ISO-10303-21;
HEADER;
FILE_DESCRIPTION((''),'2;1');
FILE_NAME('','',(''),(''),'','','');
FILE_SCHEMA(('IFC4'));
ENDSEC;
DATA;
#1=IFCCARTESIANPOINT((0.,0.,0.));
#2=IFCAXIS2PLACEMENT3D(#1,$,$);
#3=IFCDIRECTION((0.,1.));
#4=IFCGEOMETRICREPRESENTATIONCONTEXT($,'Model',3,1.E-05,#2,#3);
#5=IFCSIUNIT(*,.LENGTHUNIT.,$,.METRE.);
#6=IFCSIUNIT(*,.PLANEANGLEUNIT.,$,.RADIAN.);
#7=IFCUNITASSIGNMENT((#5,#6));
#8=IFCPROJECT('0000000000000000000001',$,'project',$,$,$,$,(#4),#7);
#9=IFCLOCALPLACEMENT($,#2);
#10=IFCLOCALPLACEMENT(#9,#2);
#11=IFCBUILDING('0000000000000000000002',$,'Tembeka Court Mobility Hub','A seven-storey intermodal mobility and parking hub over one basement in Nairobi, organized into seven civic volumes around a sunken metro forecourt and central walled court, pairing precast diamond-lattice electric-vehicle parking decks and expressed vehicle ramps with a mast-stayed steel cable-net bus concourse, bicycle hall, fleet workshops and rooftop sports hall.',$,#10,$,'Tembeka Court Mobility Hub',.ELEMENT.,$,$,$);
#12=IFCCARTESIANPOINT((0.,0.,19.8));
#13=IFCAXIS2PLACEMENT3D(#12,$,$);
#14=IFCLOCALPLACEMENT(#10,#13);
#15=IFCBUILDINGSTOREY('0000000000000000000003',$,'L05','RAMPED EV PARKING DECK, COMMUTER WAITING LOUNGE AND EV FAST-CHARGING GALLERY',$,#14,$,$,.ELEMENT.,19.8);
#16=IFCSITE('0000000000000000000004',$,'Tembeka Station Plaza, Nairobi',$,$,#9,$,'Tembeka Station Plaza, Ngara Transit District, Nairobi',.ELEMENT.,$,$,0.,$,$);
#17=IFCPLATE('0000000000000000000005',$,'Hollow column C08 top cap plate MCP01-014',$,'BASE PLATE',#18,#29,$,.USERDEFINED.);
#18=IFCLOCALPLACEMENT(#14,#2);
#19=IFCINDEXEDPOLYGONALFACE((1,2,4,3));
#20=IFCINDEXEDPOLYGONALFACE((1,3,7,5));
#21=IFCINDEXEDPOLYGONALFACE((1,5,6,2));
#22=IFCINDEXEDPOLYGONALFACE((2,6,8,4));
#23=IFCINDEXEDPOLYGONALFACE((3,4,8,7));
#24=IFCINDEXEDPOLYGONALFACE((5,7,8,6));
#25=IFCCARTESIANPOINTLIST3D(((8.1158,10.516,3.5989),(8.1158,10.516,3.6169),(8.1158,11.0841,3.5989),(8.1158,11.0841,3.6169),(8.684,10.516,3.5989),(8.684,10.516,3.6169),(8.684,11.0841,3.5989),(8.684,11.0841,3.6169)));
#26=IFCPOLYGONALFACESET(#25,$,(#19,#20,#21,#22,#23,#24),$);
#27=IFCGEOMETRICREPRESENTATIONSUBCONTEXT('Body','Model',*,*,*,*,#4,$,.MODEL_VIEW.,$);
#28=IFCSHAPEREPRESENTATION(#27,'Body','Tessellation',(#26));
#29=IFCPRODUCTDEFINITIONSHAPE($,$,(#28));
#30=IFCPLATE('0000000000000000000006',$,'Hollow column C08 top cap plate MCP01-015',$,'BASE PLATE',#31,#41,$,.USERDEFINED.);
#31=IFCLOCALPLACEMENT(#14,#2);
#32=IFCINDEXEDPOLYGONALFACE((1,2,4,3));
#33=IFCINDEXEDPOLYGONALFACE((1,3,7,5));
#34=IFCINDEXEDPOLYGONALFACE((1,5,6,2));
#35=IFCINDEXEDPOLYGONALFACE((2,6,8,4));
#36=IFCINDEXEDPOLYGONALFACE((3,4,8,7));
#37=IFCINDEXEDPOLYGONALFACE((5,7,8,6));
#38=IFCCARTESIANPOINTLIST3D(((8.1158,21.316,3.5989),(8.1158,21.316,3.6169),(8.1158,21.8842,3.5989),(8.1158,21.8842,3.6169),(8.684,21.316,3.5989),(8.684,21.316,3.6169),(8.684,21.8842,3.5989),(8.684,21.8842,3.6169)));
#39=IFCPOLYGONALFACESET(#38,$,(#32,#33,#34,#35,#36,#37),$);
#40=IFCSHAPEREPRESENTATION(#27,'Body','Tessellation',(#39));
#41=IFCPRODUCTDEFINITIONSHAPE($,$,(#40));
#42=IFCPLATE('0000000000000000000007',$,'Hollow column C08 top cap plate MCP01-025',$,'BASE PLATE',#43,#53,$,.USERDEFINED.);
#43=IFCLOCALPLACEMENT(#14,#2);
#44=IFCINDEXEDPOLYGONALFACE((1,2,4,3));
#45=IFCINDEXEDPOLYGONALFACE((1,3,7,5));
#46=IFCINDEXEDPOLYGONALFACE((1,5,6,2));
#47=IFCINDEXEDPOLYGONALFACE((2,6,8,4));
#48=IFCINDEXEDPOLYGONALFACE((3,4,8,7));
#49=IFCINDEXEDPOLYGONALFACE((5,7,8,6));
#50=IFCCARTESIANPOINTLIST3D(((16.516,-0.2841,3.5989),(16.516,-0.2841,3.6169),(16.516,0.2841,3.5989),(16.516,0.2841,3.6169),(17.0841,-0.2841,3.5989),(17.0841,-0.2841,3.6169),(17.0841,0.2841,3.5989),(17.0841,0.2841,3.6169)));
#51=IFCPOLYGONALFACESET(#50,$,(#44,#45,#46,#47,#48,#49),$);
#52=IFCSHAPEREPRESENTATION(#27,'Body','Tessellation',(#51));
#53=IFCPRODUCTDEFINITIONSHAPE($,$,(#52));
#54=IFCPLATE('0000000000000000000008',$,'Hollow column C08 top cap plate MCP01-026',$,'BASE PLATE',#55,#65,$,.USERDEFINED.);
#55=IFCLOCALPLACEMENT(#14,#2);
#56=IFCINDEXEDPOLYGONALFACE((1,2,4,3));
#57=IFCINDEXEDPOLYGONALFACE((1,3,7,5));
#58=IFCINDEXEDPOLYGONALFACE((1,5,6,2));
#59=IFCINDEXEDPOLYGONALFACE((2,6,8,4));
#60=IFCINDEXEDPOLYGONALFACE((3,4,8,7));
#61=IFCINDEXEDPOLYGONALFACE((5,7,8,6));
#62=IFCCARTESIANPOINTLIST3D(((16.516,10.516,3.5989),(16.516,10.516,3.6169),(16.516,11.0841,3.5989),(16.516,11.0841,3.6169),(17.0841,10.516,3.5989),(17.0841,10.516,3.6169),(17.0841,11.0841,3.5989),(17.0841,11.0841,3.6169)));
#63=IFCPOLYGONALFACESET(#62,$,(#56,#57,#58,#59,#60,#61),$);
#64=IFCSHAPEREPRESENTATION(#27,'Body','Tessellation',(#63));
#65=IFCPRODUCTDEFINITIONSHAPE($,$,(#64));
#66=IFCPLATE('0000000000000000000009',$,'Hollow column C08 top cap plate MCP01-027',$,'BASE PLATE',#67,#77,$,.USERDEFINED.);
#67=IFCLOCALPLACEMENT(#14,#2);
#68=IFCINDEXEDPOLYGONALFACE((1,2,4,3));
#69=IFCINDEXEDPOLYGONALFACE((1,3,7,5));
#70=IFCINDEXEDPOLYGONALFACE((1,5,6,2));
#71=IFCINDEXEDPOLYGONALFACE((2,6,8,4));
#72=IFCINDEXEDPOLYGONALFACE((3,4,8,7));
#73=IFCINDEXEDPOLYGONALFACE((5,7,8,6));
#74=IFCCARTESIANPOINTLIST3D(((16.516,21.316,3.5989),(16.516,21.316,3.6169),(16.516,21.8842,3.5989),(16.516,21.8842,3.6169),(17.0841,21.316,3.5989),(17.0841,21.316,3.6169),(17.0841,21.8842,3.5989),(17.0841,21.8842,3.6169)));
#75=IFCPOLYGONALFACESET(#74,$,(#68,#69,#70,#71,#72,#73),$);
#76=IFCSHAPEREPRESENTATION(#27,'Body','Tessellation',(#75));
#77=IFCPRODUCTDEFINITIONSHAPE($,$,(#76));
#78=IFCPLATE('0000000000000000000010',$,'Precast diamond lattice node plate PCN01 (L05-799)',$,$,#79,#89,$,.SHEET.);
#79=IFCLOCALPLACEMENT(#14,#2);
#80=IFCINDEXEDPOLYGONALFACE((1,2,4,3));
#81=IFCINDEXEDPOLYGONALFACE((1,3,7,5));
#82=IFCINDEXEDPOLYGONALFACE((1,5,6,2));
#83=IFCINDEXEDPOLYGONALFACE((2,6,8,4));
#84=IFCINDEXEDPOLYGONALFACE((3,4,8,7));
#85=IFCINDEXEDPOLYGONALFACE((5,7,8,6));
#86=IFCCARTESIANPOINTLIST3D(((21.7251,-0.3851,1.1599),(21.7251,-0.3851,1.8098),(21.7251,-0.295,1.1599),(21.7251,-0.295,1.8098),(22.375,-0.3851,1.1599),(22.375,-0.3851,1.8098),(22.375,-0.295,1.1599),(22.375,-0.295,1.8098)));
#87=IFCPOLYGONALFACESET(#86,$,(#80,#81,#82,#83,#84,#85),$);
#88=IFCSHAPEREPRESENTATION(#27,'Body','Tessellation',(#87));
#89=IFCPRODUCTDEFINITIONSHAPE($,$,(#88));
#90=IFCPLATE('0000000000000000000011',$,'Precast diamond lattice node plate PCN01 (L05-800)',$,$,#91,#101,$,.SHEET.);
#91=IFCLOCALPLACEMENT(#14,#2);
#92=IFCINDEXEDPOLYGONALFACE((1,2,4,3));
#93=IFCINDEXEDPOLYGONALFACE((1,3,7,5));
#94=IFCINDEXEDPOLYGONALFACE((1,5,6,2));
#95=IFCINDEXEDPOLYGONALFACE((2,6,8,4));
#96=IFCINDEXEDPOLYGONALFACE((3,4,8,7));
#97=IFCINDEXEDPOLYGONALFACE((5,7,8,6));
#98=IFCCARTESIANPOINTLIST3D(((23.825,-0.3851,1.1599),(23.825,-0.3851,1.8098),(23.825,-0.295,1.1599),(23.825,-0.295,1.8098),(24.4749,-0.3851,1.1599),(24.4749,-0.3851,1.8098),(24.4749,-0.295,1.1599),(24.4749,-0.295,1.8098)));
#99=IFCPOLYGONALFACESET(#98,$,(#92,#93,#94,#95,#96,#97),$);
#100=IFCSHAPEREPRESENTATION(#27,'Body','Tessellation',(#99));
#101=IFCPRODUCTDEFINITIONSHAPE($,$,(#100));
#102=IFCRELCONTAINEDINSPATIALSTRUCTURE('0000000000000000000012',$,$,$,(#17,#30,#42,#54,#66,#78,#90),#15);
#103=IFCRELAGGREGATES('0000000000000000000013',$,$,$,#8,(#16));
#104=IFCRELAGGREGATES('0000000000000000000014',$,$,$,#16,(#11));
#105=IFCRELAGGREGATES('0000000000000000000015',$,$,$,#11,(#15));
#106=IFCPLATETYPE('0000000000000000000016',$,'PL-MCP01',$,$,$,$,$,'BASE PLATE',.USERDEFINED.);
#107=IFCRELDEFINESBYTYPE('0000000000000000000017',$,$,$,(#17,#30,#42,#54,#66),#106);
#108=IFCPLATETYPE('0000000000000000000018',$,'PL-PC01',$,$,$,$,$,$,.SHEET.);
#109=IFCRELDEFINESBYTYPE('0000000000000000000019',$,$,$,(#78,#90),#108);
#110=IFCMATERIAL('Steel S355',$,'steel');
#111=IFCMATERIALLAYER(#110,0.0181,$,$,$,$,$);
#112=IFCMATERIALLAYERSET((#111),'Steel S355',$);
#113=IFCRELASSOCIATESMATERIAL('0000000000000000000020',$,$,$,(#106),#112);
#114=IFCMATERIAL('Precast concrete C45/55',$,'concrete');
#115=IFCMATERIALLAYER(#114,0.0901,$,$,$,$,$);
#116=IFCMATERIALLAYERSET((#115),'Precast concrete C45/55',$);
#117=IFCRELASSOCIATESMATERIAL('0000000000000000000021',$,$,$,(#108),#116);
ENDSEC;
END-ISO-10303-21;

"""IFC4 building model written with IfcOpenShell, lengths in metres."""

from ifc_helpers import new_model, si_unit, direction, frame, origin, origin_2d, place, context, subcontext, project, spatial, rectangle, extrude, material, layer, layer_set, type_object, element, save


model = new_model("IFC4")

# Units and contexts
model_context = context("Model", 3, precision=1e-05, world=origin(), true_north=direction((0.0, 1.0)))
body_context = subcontext(model_context, "Body", "Model", "MODEL_VIEW")
ifc_project = project(units=[si_unit("LENGTHUNIT", "METRE"), si_unit("PLANEANGLEUNIT", "RADIAN")], contexts=[model_context])

# Site, building, storey
site_placement = place(None, origin())
site = spatial("IfcSite", under=ifc_project, at=site_placement, Name="Tembeka Station Plaza, Nairobi", LongName="Tembeka Station Plaza, Ngara Transit District, Nairobi", CompositionType="ELEMENT", RefElevation=0.0)
building_placement = place(site_placement, origin())
building = spatial("IfcBuilding", under=site, at=building_placement, Name="Tembeka Court Mobility Hub", Description="A seven-storey intermodal mobility and parking hub over one basement in Nairobi, organized into seven civic volumes around a sunken metro forecourt and central walled court, pairing precast diamond-lattice electric-vehicle parking decks and expressed vehicle ramps with a mast-stayed steel cable-net bus concourse, bicycle hall, fleet workshops and rooftop sports hall.", LongName="Tembeka Court Mobility Hub", CompositionType="ELEMENT")
storey_placement = place(building_placement, frame((0.0, 0.0, 19.8)))
storey = spatial("IfcBuildingStorey", under=building, at=storey_placement, Name="L05", Description="RAMPED EV PARKING DECK, COMMUTER WAITING LOUNGE AND EV FAST-CHARGING GALLERY", CompositionType="ELEMENT", Elevation=19.8)

# Shared definitions
ifc_material_1 = material(Name="Steel S355", Category="steel")

# Shared definitions
ifc_material_2 = material(Name="Precast concrete C45/55", Category="concrete")

# Plates
ifc_layer_1 = layer(ifc_material_1, 0.0181)
ifc_layer_set_1 = layer_set([ifc_layer_1], Name="Steel S355")
plate_type_1 = type_object("IfcPlateType", Name="PL-MCP01", ElementType="BASE PLATE", PredefinedType="USERDEFINED", material=ifc_layer_set_1)
for number, where, z_axis, x_axis, name in (
    (1, (8.3999, 10.8, 3.5989), (0.0, 0.0, 1.0), (1.0, 0.0, 0.0), "Hollow column C08 top cap plate MCP01-014"),
    (2, (8.3999, 21.6001, 3.5989), (0.0, 0.0, 1.0), (1.0, 0.0, 0.0), "Hollow column C08 top cap plate MCP01-015"),
    (3, (16.8, 0.0, 3.5989), (0.0, 0.0, 1.0), (1.0, 0.0, 0.0), "Hollow column C08 top cap plate MCP01-025"),
    (4, (16.8, 10.8, 3.5989), (0.0, 0.0, 1.0), (1.0, 0.0, 0.0), "Hollow column C08 top cap plate MCP01-026"),
    (5, (16.8, 21.6001, 3.5989), (0.0, 0.0, 1.0), (1.0, 0.0, 0.0), "Hollow column C08 top cap plate MCP01-027"),
):
    element("IfcPlate", number, at=place(storey_placement, frame(where, z_axis=z_axis, x_axis=x_axis)), inside=storey, type_object=plate_type_1, Name=name, ObjectType="BASE PLATE", PredefinedType="USERDEFINED", context=body_context, shape_type="SweptSolid", body=[
        extrude(rectangle(XDim=0.5681, YDim=0.5681, at=origin_2d()), origin(), (0.0, 0.0, 1.0), 0.0181),
    ])
ifc_layer_2 = layer(ifc_material_2, 0.0901)
ifc_layer_set_2 = layer_set([ifc_layer_2], Name="Precast concrete C45/55")
plate_type_2 = type_object("IfcPlateType", Name="PL-PC01", PredefinedType="SHEET", material=ifc_layer_set_2)
for number, where, z_axis, x_axis, name in (
    (6, (22.05, -0.3401, 1.1599), (0.0, 0.0, 1.0), (1.0, 0.0, 0.0), "Precast diamond lattice node plate PCN01 (L05-799)"),
    (7, (24.1499, -0.3401, 1.1599), (0.0, 0.0, 1.0), (1.0, 0.0, 0.0), "Precast diamond lattice node plate PCN01 (L05-800)"),
):
    element("IfcPlate", number, at=place(storey_placement, frame(where, z_axis=z_axis, x_axis=x_axis)), inside=storey, type_object=plate_type_2, Name=name, PredefinedType="SHEET", context=body_context, shape_type="SweptSolid", body=[
        extrude(rectangle(XDim=0.6499, YDim=0.0901, at=origin_2d()), origin(), (0.0, 0.0, 1.0), 0.6499),
    ])

save(model, "model.ifc")
